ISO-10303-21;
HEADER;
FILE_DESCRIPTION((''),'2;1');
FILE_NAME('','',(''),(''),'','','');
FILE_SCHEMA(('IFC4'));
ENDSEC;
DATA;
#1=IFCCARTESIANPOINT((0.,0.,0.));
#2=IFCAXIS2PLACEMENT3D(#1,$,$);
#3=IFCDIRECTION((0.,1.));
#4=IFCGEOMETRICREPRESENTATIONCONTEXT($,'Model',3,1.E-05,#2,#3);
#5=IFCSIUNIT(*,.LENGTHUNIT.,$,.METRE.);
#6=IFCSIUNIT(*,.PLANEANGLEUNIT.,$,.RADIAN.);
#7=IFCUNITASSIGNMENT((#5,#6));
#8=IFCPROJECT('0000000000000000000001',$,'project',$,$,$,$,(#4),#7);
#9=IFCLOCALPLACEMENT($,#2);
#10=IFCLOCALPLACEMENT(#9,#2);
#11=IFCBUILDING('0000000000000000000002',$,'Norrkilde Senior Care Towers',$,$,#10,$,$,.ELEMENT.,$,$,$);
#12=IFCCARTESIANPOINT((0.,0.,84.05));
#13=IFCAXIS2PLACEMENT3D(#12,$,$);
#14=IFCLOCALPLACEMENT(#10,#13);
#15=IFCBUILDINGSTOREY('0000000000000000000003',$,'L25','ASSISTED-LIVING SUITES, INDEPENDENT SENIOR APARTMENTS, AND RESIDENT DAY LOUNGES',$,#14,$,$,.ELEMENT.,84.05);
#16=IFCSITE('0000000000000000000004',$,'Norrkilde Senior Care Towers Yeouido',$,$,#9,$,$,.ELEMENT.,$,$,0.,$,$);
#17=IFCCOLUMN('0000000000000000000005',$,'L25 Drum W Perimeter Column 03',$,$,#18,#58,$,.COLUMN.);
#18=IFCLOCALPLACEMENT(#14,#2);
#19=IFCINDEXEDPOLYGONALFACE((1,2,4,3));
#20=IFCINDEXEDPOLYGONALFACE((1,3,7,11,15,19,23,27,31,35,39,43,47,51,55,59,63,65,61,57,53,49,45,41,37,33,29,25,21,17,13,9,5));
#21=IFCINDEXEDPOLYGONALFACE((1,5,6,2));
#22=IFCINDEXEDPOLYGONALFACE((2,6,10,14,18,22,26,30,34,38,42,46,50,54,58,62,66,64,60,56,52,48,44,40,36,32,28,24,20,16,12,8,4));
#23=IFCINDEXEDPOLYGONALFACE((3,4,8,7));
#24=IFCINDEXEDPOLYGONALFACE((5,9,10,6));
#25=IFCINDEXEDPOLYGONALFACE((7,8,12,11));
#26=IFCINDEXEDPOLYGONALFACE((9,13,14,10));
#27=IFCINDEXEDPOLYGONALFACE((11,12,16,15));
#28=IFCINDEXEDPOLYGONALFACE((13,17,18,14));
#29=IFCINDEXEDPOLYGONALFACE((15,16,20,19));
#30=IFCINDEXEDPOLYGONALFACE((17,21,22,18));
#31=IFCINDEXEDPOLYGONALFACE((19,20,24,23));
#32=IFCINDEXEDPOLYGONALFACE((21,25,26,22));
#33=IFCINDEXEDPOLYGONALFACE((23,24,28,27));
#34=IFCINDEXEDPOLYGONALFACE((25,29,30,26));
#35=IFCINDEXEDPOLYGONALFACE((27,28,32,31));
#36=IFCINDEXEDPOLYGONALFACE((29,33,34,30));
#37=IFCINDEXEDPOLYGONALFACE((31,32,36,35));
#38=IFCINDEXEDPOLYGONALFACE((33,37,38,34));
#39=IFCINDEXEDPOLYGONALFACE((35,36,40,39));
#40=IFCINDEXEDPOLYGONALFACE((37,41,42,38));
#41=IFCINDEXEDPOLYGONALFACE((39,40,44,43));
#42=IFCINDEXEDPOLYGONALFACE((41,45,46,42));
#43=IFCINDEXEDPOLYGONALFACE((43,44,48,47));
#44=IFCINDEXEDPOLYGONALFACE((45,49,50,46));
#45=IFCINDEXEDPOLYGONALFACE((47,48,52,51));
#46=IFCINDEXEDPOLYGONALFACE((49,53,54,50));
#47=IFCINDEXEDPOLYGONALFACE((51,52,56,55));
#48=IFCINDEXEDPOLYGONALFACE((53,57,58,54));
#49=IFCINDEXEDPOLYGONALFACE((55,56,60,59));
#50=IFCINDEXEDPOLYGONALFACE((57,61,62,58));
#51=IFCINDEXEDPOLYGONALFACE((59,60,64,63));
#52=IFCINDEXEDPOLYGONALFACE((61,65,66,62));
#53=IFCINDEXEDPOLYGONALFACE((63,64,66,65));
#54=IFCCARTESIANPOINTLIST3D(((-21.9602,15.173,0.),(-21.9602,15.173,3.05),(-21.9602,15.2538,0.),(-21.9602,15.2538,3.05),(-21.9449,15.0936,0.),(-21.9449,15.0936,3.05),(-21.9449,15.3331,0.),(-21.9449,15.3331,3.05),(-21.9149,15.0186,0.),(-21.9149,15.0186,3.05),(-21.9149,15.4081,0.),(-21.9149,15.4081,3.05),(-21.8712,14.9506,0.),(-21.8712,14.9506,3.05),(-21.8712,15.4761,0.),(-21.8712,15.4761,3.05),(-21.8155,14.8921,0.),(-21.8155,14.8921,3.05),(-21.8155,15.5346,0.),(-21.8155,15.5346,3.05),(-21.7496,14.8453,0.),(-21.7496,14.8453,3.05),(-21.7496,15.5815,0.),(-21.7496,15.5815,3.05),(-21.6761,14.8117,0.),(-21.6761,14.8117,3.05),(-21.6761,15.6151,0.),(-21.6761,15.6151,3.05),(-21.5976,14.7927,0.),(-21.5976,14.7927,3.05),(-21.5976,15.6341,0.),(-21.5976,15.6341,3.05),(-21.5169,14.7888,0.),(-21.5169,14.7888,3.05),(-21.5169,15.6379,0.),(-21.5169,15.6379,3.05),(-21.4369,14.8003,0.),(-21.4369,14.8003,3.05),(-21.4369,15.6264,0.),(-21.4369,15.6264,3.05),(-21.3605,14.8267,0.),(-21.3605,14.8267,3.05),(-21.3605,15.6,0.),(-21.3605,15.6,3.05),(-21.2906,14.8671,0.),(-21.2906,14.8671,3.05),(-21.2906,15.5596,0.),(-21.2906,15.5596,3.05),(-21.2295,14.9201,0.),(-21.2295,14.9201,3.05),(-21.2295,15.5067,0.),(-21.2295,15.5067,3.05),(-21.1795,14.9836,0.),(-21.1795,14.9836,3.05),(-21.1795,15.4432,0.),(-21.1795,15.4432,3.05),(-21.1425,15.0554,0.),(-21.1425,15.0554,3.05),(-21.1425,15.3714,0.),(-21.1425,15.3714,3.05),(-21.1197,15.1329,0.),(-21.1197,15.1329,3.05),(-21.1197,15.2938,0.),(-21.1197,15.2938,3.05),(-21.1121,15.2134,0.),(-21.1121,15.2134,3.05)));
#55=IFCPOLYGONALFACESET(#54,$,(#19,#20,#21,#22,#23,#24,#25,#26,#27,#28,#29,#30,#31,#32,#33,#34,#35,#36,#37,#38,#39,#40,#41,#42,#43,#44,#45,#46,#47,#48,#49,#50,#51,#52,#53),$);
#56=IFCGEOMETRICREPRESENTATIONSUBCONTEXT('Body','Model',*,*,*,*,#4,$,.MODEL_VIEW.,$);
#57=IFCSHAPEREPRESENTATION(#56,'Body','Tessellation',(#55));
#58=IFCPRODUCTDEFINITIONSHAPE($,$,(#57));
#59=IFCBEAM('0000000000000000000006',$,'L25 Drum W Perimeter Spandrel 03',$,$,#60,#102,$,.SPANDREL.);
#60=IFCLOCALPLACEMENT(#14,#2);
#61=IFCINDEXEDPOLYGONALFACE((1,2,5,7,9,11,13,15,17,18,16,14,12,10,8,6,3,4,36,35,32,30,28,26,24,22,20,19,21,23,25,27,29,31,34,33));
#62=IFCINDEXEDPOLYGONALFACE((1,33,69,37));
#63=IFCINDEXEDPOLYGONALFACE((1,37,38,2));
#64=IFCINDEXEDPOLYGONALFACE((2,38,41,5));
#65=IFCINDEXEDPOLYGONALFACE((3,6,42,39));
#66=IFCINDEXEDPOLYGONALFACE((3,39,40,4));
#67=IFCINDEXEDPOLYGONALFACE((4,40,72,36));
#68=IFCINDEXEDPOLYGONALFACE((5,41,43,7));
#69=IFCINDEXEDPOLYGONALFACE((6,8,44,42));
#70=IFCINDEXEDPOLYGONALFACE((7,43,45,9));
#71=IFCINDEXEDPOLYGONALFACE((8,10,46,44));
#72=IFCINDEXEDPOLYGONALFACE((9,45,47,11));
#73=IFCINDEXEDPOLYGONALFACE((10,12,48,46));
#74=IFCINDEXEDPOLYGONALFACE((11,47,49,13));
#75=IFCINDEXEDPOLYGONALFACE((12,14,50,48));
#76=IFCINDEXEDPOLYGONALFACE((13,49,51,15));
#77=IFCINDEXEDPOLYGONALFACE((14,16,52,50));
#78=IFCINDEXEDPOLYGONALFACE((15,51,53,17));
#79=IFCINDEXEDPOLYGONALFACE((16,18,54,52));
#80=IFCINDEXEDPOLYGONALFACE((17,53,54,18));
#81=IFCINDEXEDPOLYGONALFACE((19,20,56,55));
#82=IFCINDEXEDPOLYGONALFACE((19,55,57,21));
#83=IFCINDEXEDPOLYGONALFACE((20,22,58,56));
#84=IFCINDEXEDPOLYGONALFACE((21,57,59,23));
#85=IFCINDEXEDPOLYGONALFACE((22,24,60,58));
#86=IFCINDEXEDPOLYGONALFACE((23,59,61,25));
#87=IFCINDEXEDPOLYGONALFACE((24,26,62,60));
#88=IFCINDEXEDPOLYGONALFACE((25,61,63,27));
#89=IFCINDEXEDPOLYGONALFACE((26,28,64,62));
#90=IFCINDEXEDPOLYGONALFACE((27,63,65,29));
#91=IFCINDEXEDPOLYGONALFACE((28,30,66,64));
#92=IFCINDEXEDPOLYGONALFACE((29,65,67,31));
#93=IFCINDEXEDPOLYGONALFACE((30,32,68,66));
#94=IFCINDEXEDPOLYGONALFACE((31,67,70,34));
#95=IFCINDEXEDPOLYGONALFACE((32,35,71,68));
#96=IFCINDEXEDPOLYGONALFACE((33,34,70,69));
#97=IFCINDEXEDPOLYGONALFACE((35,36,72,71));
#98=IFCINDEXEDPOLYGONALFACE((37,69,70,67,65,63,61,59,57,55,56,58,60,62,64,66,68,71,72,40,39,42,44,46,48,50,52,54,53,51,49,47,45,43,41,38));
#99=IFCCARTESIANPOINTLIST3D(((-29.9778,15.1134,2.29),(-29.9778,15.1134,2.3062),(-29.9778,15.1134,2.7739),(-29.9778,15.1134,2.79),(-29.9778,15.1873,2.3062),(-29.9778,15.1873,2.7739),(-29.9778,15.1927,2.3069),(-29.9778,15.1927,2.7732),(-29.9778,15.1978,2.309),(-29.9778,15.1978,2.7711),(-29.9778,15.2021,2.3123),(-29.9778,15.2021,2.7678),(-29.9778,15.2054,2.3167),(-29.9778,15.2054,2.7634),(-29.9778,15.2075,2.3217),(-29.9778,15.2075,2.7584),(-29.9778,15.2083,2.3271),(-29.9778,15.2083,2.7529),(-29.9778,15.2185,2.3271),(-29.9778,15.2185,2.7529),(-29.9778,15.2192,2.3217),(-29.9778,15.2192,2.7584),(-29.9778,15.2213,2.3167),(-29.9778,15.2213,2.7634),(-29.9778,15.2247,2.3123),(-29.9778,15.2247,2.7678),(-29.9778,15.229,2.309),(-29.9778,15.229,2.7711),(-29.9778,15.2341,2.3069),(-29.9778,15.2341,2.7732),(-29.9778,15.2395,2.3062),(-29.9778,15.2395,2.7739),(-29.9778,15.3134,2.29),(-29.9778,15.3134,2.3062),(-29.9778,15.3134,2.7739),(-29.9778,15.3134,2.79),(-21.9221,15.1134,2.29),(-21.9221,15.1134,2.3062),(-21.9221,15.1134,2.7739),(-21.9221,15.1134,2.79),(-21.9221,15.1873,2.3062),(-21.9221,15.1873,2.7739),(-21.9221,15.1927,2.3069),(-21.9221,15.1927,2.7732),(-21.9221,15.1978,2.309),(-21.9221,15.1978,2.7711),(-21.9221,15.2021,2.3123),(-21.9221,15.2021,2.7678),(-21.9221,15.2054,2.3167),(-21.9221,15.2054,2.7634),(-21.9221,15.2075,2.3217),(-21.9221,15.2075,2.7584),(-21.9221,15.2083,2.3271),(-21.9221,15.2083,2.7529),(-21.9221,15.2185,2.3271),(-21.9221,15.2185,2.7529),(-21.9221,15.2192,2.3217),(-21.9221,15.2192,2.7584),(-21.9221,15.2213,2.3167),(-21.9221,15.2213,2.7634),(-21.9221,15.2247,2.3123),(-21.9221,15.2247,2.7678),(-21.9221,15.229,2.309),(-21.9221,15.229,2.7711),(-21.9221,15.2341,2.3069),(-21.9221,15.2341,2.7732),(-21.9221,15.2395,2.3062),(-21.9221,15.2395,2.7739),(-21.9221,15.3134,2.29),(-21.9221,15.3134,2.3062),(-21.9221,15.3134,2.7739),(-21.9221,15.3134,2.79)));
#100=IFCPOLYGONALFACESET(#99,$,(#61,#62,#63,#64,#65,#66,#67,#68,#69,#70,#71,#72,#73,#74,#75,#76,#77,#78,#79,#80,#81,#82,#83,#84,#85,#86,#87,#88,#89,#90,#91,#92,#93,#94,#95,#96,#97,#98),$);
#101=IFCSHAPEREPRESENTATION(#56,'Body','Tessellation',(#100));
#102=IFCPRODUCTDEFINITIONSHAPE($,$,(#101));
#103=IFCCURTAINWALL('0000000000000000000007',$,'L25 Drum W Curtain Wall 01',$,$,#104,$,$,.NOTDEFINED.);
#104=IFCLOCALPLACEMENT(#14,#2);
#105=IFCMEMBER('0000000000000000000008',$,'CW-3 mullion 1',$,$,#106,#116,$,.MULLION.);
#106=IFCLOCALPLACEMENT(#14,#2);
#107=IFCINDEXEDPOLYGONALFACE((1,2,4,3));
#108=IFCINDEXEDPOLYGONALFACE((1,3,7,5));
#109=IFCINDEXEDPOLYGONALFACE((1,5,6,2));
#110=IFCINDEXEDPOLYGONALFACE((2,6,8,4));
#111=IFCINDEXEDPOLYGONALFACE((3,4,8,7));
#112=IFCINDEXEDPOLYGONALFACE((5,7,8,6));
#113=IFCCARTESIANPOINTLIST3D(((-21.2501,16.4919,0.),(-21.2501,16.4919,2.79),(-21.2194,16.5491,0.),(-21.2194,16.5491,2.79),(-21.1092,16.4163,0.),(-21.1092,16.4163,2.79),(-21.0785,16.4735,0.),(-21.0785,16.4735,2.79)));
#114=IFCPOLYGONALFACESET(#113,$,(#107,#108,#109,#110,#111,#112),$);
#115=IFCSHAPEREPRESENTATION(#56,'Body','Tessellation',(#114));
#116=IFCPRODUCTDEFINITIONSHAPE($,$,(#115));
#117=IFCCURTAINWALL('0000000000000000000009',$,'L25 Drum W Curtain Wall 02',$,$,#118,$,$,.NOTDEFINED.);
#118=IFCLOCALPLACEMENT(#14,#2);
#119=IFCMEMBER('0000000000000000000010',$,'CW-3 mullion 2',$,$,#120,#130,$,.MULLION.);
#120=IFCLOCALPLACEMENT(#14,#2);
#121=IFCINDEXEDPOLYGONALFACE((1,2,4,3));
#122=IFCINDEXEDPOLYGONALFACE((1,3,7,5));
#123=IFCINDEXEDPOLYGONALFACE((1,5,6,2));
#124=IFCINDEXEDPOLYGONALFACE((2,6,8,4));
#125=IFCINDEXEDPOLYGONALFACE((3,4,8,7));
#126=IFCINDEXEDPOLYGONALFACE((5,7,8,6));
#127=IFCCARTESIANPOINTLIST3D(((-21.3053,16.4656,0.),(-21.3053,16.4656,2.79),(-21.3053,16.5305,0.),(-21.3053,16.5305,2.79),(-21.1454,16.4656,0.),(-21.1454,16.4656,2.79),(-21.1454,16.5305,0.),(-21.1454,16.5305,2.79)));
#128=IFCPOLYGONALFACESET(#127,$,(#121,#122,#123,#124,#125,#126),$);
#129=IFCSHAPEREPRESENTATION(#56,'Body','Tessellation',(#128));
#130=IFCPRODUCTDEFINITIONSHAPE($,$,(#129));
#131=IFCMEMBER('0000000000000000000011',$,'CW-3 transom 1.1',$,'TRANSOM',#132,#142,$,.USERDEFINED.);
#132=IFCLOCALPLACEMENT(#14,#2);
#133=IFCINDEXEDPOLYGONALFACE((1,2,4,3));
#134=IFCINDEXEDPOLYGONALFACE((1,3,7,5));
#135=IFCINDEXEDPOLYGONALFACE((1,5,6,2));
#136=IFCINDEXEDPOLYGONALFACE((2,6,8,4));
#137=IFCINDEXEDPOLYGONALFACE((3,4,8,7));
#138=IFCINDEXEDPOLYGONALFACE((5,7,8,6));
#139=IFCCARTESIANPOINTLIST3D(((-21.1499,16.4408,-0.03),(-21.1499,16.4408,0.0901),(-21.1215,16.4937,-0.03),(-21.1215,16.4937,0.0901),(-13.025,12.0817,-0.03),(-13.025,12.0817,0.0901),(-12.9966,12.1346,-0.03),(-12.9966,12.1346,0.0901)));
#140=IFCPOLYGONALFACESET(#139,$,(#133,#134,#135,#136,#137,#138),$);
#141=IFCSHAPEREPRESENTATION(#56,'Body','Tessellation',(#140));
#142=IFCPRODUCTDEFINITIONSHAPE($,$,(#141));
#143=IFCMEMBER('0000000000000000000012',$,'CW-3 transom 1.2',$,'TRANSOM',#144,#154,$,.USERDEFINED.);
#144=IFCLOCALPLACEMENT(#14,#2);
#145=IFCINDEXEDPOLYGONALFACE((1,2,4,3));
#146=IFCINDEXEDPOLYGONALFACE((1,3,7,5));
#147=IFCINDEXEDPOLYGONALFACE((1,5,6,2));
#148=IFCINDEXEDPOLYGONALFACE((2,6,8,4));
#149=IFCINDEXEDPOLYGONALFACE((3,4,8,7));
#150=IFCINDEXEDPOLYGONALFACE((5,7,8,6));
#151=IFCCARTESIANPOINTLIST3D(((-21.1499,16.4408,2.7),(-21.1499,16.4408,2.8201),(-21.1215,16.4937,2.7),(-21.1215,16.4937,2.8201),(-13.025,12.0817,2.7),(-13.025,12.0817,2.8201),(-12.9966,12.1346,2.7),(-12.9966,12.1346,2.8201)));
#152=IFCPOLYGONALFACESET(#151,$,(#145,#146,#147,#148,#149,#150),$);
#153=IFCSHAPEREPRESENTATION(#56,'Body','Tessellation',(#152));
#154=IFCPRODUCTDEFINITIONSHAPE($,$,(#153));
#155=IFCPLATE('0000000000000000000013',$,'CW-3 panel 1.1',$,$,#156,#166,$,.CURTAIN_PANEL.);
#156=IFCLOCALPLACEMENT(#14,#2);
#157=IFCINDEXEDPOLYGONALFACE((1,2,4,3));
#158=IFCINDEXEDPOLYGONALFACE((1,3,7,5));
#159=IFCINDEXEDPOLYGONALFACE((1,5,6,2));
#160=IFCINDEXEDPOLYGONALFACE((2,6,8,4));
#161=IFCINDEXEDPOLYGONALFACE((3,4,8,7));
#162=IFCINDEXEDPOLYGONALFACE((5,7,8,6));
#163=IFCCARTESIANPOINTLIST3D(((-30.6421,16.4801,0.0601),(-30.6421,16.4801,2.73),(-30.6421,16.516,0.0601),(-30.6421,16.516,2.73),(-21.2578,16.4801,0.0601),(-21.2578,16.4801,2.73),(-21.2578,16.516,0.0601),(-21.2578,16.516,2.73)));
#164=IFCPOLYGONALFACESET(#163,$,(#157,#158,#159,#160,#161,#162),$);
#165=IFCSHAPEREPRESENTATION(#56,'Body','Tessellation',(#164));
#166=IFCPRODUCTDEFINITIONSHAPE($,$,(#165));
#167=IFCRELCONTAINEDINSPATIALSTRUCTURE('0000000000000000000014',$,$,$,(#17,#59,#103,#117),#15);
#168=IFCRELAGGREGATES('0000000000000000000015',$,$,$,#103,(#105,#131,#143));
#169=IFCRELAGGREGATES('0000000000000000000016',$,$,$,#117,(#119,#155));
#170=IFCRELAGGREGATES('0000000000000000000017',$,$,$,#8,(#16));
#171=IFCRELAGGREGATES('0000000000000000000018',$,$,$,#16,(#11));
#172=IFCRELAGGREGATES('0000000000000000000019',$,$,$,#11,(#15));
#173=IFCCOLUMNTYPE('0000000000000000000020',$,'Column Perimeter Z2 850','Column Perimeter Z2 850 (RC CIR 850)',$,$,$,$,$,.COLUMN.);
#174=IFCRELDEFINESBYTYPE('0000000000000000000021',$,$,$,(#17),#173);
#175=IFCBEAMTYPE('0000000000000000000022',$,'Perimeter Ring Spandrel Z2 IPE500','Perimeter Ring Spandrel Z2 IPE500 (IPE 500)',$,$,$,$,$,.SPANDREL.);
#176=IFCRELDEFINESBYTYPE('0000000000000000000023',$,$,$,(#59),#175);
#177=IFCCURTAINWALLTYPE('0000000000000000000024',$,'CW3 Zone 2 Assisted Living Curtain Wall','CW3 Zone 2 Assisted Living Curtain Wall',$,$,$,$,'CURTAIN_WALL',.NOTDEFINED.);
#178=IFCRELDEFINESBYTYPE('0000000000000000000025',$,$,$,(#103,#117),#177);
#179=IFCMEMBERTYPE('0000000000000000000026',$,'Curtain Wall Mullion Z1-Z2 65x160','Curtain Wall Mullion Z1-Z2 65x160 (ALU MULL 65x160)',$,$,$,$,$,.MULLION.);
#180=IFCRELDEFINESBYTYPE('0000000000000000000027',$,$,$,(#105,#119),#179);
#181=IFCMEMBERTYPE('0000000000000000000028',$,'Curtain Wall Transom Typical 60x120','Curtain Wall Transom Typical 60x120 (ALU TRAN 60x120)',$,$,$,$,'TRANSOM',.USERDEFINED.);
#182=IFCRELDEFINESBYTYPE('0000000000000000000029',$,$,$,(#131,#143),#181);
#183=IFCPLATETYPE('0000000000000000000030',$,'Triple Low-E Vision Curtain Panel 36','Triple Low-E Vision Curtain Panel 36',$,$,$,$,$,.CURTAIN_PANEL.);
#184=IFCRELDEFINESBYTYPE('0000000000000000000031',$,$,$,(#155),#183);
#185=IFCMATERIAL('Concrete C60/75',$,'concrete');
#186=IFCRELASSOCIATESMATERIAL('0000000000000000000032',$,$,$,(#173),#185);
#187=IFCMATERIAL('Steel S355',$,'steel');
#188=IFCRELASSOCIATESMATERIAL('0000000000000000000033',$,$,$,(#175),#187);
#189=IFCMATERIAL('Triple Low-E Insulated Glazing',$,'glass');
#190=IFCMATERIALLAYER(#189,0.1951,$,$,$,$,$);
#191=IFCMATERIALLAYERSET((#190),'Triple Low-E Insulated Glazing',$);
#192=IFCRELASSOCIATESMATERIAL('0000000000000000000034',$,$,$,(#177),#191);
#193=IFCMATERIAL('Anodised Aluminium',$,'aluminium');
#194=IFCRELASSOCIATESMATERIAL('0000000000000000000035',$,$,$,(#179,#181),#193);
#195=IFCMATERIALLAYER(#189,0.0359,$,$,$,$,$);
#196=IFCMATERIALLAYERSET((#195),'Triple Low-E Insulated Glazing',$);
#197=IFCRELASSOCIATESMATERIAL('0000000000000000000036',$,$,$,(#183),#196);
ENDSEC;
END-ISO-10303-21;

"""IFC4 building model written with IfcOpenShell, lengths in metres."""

from ifc_helpers import new_model, si_unit, direction, frame, origin, origin_2d, place, context, subcontext, project, spatial, rectangle, circle, i_section, extrude, source, transform, mapped, material, layer, layer_set, material_profile, profile_set, type_object, type_shapes, element, aggregate, save


model = new_model("IFC4")

# Units and contexts
model_context = context("Model", 3, precision=1e-05, world=origin(), true_north=direction((0.0, 1.0)))
body_context = subcontext(model_context, "Body", "Model", "MODEL_VIEW")
ifc_project = project(units=[si_unit("LENGTHUNIT", "METRE"), si_unit("PLANEANGLEUNIT", "RADIAN")], contexts=[model_context])

# Site, building, storey
site_placement = place(None, origin())
site = spatial("IfcSite", under=ifc_project, at=site_placement, Name="Norrkilde Senior Care Towers Yeouido", CompositionType="ELEMENT", RefElevation=0.0)
building_placement = place(site_placement, origin())
building = spatial("IfcBuilding", under=site, at=building_placement, Name="Norrkilde Senior Care Towers", CompositionType="ELEMENT")
storey_placement = place(building_placement, frame((0.0, 0.0, 84.05)))
storey = spatial("IfcBuildingStorey", under=building, at=storey_placement, Name="L25", Description="ASSISTED-LIVING SUITES, INDEPENDENT SENIOR APARTMENTS, AND RESIDENT DAY LOUNGES", CompositionType="ELEMENT", Elevation=84.05)

# Column
ifc_material_1 = material(Name="Concrete C60/75", Category="concrete")
ifc_material_profile_1 = material_profile(ifc_material_1, circle(Radius=0.425, at=origin_2d()), Name="RC CIR 850")
ifc_profile_set_1 = profile_set([ifc_material_profile_1], Name="Concrete C60/75")
column_type = type_object("IfcColumnType", Name="Column Perimeter Z2 850", Description="Column Perimeter Z2 850 (RC CIR 850)", PredefinedType="COLUMN", material=ifc_profile_set_1)
shared_shape_1 = source(origin(), body_context, "Body", "SweptSolid", [
    extrude(circle(Radius=0.425, at=origin_2d()), origin(), (0.0, 0.0, 1.0), 3.05),
])
type_shapes(column_type, [shared_shape_1])
column_placement = place(storey_placement, frame((-21.5371, 15.2134, 0.0), z_axis=(0.0, 0.0, 1.0), x_axis=(1.0, 0.0, 0.0)))
element("IfcColumn", 1, at=column_placement, inside=storey, type_object=column_type, Name="L25 Drum W Perimeter Column 03", PredefinedType="COLUMN", context=body_context, shape_type="MappedRepresentation", body=[
    mapped(shared_shape_1, transform((0.0, 0.0, 0.0), x_axis=(1.0, 0.0, 0.0), y_axis=(0.0, 1.0, 0.0), z_axis=(0.0, 0.0, 1.0), scale=1.0)),
])

# Beam
ifc_material_2 = material(Name="Steel S355", Category="steel")
ifc_material_profile_2 = material_profile(ifc_material_2, i_section(OverallWidth=0.2, OverallDepth=0.5, WebThickness=0.0103, FlangeThickness=0.0161, FilletRadius=0.021, at=origin_2d()), Name="IPE 500")
ifc_profile_set_2 = profile_set([ifc_material_profile_2], Name="Steel S355")
beam_type = type_object("IfcBeamType", Name="Perimeter Ring Spandrel Z2 IPE500", Description="Perimeter Ring Spandrel Z2 IPE500 (IPE 500)", PredefinedType="SPANDREL", material=ifc_profile_set_2)
shared_shape_2 = source(origin(), body_context, "Body", "SweptSolid", [
    extrude(i_section(OverallWidth=0.2, OverallDepth=0.5, WebThickness=0.0103, FlangeThickness=0.0161, FilletRadius=0.021, at=origin_2d()), origin(), (0.0, 0.0, 1.0), 8.0557),
])
type_shapes(beam_type, [shared_shape_2])
beam_placement = place(storey_placement, frame((-21.9221, 15.2134, 2.54), z_axis=(-1.0, 0.0, 0.0), x_axis=(0.0, -1.0, 0.0)))
element("IfcBeam", 2, at=beam_placement, inside=storey, type_object=beam_type, Name="L25 Drum W Perimeter Spandrel 03", PredefinedType="SPANDREL", context=body_context, shape_type="MappedRepresentation", body=[
    mapped(shared_shape_2, transform((0.0, 0.0, 0.0), x_axis=(1.0, 0.0, 0.0), y_axis=(0.0, 1.0, 0.0), z_axis=(0.0, 0.0, 1.0), scale=1.0)),
])

# Curtain walls, members
ifc_material_3 = material(Name="Triple Low-E Insulated Glazing", Category="glass")
ifc_layer_1 = layer(ifc_material_3, 0.1951)
ifc_layer_set_1 = layer_set([ifc_layer_1], Name="Triple Low-E Insulated Glazing")
curtain_wall_type = type_object("IfcCurtainWallType", Name="CW3 Zone 2 Assisted Living Curtain Wall", Description="CW3 Zone 2 Assisted Living Curtain Wall", ElementType="CURTAIN_WALL", PredefinedType="NOTDEFINED", material=ifc_layer_set_1)
curtain_wall_1_placement = place(storey_placement, origin())
curtain_wall_1 = element("IfcCurtainWall", 3, at=curtain_wall_1_placement, inside=storey, type_object=curtain_wall_type, Name="L25 Drum W Curtain Wall 01", PredefinedType="NOTDEFINED")
ifc_material_4 = material(Name="Anodised Aluminium", Category="aluminium")
ifc_material_profile_3 = material_profile(ifc_material_4, rectangle(XDim=0.0649, YDim=0.1599, at=origin_2d()), Name="ALU MULL 65x160")
ifc_profile_set_3 = profile_set([ifc_material_profile_3], Name="Anodised Aluminium")
member_type_1 = type_object("IfcMemberType", Name="Curtain Wall Mullion Z1-Z2 65x160", Description="Curtain Wall Mullion Z1-Z2 65x160 (ALU MULL 65x160)", PredefinedType="MULLION", material=ifc_profile_set_3)
shared_shape_3 = source(origin(), body_context, "Body", "SweptSolid", [
    extrude(rectangle(XDim=0.0649, YDim=0.1599, at=origin_2d()), origin(), (0.0, 0.0, 1.0), 2.79),
])
type_shapes(member_type_1, [shared_shape_3])
member_1_placement = place(storey_placement, frame((-21.1643, 16.4827, 0.0), z_axis=(0.0, 0.0, 1.0), x_axis=(0.472769, 0.881186, 0.0)))
member_1 = element("IfcMember", 4, at=member_1_placement, type_object=member_type_1, Name="CW-3 mullion 1", PredefinedType="MULLION", context=body_context, shape_type="MappedRepresentation", body=[
    mapped(shared_shape_3, transform((0.0, 0.0, 0.0), x_axis=(1.0, 0.0, 0.0), y_axis=(0.0, 1.0, 0.0), z_axis=(0.0, 0.0, 1.0), scale=1.0)),
])
curtain_wall_2_placement = place(storey_placement, origin())
curtain_wall_2 = element("IfcCurtainWall", 5, at=curtain_wall_2_placement, inside=storey, type_object=curtain_wall_type, Name="L25 Drum W Curtain Wall 02", PredefinedType="NOTDEFINED")
member_2_placement = place(storey_placement, frame((-21.2253, 16.498, 0.0), z_axis=(0.0, 0.0, 1.0), x_axis=(0.0, 1.0, 0.0)))
member_2 = element("IfcMember", 6, at=member_2_placement, type_object=member_type_1, Name="CW-3 mullion 2", PredefinedType="MULLION", context=body_context, shape_type="MappedRepresentation", body=[
    mapped(shared_shape_3, transform((0.0, 0.0, 0.0), x_axis=(1.0, 0.0, 0.0), y_axis=(0.0, 1.0, 0.0), z_axis=(0.0, 0.0, 1.0), scale=1.0)),
])

# Members
ifc_material_profile_4 = material_profile(ifc_material_4, rectangle(XDim=0.0601, YDim=0.1201, at=origin_2d()), Name="ALU TRAN 60x120")
ifc_profile_set_4 = profile_set([ifc_material_profile_4], Name="Anodised Aluminium")
member_type_2 = type_object("IfcMemberType", Name="Curtain Wall Transom Typical 60x120", Description="Curtain Wall Transom Typical 60x120 (ALU TRAN 60x120)", ElementType="TRANSOM", PredefinedType="USERDEFINED", material=ifc_profile_set_4)
shared_shape_4 = source(origin(), body_context, "Body", "SweptSolid", [
    extrude(rectangle(XDim=0.0601, YDim=0.1201, at=origin_2d()), origin(), (0.0, 0.0, 1.0), 9.2205),
])
type_shapes(member_type_2, [shared_shape_4])
member_3_placement = place(storey_placement, frame((-21.1357, 16.4673, 0.03), z_axis=(0.881189, -0.472765, 0.0), x_axis=(0.472765, 0.881189, 0.0)))
member_3 = element("IfcMember", 7, at=member_3_placement, type_object=member_type_2, Name="CW-3 transom 1.1", ObjectType="TRANSOM", PredefinedType="USERDEFINED", context=body_context, shape_type="MappedRepresentation", body=[
    mapped(shared_shape_4, transform((0.0, 0.0, 0.0), x_axis=(1.0, 0.0, 0.0), y_axis=(0.0, 1.0, 0.0), z_axis=(0.0, 0.0, 1.0), scale=1.0)),
])
member_4_placement = place(storey_placement, frame((-21.1357, 16.4673, 2.76), z_axis=(0.881189, -0.472765, 0.0), x_axis=(0.472765, 0.881189, 0.0)))
member_4 = element("IfcMember", 8, at=member_4_placement, type_object=member_type_2, Name="CW-3 transom 1.2", ObjectType="TRANSOM", PredefinedType="USERDEFINED", context=body_context, shape_type="MappedRepresentation", body=[
    mapped(shared_shape_4, transform((0.0, 0.0, 0.0), x_axis=(1.0, 0.0, 0.0), y_axis=(0.0, 1.0, 0.0), z_axis=(0.0, 0.0, 1.0), scale=1.0)),
])
aggregate(curtain_wall_1, [member_1, member_3, member_4])

# Plate
ifc_layer_2 = layer(ifc_material_3, 0.0359)
ifc_layer_set_2 = layer_set([ifc_layer_2], Name="Triple Low-E Insulated Glazing")
plate_type = type_object("IfcPlateType", Name="Triple Low-E Vision Curtain Panel 36", Description="Triple Low-E Vision Curtain Panel 36", PredefinedType="CURTAIN_PANEL", material=ifc_layer_set_2)
shared_shape_5 = source(origin(), body_context, "Body", "SweptSolid", [
    extrude(rectangle(XDim=9.3843, YDim=0.0359, at=origin_2d()), origin(), (0.0, 0.0, 1.0), 2.6699),
])
type_shapes(plate_type, [shared_shape_5])
plate_placement = place(storey_placement, frame((-25.95, 16.498, 0.0601), z_axis=(0.0, 0.0, 1.0), x_axis=(1.0, 0.0, 0.0)))
plate = element("IfcPlate", 9, at=plate_placement, type_object=plate_type, Name="CW-3 panel 1.1", PredefinedType="CURTAIN_PANEL", context=body_context, shape_type="MappedRepresentation", body=[
    mapped(shared_shape_5, transform((0.0, 0.0, 0.0), x_axis=(1.0, 0.0, 0.0), y_axis=(0.0, 1.0, 0.0), z_axis=(0.0, 0.0, 1.0), scale=1.0)),
])
aggregate(curtain_wall_2, [member_2, plate])

save(model, "model.ifc")
